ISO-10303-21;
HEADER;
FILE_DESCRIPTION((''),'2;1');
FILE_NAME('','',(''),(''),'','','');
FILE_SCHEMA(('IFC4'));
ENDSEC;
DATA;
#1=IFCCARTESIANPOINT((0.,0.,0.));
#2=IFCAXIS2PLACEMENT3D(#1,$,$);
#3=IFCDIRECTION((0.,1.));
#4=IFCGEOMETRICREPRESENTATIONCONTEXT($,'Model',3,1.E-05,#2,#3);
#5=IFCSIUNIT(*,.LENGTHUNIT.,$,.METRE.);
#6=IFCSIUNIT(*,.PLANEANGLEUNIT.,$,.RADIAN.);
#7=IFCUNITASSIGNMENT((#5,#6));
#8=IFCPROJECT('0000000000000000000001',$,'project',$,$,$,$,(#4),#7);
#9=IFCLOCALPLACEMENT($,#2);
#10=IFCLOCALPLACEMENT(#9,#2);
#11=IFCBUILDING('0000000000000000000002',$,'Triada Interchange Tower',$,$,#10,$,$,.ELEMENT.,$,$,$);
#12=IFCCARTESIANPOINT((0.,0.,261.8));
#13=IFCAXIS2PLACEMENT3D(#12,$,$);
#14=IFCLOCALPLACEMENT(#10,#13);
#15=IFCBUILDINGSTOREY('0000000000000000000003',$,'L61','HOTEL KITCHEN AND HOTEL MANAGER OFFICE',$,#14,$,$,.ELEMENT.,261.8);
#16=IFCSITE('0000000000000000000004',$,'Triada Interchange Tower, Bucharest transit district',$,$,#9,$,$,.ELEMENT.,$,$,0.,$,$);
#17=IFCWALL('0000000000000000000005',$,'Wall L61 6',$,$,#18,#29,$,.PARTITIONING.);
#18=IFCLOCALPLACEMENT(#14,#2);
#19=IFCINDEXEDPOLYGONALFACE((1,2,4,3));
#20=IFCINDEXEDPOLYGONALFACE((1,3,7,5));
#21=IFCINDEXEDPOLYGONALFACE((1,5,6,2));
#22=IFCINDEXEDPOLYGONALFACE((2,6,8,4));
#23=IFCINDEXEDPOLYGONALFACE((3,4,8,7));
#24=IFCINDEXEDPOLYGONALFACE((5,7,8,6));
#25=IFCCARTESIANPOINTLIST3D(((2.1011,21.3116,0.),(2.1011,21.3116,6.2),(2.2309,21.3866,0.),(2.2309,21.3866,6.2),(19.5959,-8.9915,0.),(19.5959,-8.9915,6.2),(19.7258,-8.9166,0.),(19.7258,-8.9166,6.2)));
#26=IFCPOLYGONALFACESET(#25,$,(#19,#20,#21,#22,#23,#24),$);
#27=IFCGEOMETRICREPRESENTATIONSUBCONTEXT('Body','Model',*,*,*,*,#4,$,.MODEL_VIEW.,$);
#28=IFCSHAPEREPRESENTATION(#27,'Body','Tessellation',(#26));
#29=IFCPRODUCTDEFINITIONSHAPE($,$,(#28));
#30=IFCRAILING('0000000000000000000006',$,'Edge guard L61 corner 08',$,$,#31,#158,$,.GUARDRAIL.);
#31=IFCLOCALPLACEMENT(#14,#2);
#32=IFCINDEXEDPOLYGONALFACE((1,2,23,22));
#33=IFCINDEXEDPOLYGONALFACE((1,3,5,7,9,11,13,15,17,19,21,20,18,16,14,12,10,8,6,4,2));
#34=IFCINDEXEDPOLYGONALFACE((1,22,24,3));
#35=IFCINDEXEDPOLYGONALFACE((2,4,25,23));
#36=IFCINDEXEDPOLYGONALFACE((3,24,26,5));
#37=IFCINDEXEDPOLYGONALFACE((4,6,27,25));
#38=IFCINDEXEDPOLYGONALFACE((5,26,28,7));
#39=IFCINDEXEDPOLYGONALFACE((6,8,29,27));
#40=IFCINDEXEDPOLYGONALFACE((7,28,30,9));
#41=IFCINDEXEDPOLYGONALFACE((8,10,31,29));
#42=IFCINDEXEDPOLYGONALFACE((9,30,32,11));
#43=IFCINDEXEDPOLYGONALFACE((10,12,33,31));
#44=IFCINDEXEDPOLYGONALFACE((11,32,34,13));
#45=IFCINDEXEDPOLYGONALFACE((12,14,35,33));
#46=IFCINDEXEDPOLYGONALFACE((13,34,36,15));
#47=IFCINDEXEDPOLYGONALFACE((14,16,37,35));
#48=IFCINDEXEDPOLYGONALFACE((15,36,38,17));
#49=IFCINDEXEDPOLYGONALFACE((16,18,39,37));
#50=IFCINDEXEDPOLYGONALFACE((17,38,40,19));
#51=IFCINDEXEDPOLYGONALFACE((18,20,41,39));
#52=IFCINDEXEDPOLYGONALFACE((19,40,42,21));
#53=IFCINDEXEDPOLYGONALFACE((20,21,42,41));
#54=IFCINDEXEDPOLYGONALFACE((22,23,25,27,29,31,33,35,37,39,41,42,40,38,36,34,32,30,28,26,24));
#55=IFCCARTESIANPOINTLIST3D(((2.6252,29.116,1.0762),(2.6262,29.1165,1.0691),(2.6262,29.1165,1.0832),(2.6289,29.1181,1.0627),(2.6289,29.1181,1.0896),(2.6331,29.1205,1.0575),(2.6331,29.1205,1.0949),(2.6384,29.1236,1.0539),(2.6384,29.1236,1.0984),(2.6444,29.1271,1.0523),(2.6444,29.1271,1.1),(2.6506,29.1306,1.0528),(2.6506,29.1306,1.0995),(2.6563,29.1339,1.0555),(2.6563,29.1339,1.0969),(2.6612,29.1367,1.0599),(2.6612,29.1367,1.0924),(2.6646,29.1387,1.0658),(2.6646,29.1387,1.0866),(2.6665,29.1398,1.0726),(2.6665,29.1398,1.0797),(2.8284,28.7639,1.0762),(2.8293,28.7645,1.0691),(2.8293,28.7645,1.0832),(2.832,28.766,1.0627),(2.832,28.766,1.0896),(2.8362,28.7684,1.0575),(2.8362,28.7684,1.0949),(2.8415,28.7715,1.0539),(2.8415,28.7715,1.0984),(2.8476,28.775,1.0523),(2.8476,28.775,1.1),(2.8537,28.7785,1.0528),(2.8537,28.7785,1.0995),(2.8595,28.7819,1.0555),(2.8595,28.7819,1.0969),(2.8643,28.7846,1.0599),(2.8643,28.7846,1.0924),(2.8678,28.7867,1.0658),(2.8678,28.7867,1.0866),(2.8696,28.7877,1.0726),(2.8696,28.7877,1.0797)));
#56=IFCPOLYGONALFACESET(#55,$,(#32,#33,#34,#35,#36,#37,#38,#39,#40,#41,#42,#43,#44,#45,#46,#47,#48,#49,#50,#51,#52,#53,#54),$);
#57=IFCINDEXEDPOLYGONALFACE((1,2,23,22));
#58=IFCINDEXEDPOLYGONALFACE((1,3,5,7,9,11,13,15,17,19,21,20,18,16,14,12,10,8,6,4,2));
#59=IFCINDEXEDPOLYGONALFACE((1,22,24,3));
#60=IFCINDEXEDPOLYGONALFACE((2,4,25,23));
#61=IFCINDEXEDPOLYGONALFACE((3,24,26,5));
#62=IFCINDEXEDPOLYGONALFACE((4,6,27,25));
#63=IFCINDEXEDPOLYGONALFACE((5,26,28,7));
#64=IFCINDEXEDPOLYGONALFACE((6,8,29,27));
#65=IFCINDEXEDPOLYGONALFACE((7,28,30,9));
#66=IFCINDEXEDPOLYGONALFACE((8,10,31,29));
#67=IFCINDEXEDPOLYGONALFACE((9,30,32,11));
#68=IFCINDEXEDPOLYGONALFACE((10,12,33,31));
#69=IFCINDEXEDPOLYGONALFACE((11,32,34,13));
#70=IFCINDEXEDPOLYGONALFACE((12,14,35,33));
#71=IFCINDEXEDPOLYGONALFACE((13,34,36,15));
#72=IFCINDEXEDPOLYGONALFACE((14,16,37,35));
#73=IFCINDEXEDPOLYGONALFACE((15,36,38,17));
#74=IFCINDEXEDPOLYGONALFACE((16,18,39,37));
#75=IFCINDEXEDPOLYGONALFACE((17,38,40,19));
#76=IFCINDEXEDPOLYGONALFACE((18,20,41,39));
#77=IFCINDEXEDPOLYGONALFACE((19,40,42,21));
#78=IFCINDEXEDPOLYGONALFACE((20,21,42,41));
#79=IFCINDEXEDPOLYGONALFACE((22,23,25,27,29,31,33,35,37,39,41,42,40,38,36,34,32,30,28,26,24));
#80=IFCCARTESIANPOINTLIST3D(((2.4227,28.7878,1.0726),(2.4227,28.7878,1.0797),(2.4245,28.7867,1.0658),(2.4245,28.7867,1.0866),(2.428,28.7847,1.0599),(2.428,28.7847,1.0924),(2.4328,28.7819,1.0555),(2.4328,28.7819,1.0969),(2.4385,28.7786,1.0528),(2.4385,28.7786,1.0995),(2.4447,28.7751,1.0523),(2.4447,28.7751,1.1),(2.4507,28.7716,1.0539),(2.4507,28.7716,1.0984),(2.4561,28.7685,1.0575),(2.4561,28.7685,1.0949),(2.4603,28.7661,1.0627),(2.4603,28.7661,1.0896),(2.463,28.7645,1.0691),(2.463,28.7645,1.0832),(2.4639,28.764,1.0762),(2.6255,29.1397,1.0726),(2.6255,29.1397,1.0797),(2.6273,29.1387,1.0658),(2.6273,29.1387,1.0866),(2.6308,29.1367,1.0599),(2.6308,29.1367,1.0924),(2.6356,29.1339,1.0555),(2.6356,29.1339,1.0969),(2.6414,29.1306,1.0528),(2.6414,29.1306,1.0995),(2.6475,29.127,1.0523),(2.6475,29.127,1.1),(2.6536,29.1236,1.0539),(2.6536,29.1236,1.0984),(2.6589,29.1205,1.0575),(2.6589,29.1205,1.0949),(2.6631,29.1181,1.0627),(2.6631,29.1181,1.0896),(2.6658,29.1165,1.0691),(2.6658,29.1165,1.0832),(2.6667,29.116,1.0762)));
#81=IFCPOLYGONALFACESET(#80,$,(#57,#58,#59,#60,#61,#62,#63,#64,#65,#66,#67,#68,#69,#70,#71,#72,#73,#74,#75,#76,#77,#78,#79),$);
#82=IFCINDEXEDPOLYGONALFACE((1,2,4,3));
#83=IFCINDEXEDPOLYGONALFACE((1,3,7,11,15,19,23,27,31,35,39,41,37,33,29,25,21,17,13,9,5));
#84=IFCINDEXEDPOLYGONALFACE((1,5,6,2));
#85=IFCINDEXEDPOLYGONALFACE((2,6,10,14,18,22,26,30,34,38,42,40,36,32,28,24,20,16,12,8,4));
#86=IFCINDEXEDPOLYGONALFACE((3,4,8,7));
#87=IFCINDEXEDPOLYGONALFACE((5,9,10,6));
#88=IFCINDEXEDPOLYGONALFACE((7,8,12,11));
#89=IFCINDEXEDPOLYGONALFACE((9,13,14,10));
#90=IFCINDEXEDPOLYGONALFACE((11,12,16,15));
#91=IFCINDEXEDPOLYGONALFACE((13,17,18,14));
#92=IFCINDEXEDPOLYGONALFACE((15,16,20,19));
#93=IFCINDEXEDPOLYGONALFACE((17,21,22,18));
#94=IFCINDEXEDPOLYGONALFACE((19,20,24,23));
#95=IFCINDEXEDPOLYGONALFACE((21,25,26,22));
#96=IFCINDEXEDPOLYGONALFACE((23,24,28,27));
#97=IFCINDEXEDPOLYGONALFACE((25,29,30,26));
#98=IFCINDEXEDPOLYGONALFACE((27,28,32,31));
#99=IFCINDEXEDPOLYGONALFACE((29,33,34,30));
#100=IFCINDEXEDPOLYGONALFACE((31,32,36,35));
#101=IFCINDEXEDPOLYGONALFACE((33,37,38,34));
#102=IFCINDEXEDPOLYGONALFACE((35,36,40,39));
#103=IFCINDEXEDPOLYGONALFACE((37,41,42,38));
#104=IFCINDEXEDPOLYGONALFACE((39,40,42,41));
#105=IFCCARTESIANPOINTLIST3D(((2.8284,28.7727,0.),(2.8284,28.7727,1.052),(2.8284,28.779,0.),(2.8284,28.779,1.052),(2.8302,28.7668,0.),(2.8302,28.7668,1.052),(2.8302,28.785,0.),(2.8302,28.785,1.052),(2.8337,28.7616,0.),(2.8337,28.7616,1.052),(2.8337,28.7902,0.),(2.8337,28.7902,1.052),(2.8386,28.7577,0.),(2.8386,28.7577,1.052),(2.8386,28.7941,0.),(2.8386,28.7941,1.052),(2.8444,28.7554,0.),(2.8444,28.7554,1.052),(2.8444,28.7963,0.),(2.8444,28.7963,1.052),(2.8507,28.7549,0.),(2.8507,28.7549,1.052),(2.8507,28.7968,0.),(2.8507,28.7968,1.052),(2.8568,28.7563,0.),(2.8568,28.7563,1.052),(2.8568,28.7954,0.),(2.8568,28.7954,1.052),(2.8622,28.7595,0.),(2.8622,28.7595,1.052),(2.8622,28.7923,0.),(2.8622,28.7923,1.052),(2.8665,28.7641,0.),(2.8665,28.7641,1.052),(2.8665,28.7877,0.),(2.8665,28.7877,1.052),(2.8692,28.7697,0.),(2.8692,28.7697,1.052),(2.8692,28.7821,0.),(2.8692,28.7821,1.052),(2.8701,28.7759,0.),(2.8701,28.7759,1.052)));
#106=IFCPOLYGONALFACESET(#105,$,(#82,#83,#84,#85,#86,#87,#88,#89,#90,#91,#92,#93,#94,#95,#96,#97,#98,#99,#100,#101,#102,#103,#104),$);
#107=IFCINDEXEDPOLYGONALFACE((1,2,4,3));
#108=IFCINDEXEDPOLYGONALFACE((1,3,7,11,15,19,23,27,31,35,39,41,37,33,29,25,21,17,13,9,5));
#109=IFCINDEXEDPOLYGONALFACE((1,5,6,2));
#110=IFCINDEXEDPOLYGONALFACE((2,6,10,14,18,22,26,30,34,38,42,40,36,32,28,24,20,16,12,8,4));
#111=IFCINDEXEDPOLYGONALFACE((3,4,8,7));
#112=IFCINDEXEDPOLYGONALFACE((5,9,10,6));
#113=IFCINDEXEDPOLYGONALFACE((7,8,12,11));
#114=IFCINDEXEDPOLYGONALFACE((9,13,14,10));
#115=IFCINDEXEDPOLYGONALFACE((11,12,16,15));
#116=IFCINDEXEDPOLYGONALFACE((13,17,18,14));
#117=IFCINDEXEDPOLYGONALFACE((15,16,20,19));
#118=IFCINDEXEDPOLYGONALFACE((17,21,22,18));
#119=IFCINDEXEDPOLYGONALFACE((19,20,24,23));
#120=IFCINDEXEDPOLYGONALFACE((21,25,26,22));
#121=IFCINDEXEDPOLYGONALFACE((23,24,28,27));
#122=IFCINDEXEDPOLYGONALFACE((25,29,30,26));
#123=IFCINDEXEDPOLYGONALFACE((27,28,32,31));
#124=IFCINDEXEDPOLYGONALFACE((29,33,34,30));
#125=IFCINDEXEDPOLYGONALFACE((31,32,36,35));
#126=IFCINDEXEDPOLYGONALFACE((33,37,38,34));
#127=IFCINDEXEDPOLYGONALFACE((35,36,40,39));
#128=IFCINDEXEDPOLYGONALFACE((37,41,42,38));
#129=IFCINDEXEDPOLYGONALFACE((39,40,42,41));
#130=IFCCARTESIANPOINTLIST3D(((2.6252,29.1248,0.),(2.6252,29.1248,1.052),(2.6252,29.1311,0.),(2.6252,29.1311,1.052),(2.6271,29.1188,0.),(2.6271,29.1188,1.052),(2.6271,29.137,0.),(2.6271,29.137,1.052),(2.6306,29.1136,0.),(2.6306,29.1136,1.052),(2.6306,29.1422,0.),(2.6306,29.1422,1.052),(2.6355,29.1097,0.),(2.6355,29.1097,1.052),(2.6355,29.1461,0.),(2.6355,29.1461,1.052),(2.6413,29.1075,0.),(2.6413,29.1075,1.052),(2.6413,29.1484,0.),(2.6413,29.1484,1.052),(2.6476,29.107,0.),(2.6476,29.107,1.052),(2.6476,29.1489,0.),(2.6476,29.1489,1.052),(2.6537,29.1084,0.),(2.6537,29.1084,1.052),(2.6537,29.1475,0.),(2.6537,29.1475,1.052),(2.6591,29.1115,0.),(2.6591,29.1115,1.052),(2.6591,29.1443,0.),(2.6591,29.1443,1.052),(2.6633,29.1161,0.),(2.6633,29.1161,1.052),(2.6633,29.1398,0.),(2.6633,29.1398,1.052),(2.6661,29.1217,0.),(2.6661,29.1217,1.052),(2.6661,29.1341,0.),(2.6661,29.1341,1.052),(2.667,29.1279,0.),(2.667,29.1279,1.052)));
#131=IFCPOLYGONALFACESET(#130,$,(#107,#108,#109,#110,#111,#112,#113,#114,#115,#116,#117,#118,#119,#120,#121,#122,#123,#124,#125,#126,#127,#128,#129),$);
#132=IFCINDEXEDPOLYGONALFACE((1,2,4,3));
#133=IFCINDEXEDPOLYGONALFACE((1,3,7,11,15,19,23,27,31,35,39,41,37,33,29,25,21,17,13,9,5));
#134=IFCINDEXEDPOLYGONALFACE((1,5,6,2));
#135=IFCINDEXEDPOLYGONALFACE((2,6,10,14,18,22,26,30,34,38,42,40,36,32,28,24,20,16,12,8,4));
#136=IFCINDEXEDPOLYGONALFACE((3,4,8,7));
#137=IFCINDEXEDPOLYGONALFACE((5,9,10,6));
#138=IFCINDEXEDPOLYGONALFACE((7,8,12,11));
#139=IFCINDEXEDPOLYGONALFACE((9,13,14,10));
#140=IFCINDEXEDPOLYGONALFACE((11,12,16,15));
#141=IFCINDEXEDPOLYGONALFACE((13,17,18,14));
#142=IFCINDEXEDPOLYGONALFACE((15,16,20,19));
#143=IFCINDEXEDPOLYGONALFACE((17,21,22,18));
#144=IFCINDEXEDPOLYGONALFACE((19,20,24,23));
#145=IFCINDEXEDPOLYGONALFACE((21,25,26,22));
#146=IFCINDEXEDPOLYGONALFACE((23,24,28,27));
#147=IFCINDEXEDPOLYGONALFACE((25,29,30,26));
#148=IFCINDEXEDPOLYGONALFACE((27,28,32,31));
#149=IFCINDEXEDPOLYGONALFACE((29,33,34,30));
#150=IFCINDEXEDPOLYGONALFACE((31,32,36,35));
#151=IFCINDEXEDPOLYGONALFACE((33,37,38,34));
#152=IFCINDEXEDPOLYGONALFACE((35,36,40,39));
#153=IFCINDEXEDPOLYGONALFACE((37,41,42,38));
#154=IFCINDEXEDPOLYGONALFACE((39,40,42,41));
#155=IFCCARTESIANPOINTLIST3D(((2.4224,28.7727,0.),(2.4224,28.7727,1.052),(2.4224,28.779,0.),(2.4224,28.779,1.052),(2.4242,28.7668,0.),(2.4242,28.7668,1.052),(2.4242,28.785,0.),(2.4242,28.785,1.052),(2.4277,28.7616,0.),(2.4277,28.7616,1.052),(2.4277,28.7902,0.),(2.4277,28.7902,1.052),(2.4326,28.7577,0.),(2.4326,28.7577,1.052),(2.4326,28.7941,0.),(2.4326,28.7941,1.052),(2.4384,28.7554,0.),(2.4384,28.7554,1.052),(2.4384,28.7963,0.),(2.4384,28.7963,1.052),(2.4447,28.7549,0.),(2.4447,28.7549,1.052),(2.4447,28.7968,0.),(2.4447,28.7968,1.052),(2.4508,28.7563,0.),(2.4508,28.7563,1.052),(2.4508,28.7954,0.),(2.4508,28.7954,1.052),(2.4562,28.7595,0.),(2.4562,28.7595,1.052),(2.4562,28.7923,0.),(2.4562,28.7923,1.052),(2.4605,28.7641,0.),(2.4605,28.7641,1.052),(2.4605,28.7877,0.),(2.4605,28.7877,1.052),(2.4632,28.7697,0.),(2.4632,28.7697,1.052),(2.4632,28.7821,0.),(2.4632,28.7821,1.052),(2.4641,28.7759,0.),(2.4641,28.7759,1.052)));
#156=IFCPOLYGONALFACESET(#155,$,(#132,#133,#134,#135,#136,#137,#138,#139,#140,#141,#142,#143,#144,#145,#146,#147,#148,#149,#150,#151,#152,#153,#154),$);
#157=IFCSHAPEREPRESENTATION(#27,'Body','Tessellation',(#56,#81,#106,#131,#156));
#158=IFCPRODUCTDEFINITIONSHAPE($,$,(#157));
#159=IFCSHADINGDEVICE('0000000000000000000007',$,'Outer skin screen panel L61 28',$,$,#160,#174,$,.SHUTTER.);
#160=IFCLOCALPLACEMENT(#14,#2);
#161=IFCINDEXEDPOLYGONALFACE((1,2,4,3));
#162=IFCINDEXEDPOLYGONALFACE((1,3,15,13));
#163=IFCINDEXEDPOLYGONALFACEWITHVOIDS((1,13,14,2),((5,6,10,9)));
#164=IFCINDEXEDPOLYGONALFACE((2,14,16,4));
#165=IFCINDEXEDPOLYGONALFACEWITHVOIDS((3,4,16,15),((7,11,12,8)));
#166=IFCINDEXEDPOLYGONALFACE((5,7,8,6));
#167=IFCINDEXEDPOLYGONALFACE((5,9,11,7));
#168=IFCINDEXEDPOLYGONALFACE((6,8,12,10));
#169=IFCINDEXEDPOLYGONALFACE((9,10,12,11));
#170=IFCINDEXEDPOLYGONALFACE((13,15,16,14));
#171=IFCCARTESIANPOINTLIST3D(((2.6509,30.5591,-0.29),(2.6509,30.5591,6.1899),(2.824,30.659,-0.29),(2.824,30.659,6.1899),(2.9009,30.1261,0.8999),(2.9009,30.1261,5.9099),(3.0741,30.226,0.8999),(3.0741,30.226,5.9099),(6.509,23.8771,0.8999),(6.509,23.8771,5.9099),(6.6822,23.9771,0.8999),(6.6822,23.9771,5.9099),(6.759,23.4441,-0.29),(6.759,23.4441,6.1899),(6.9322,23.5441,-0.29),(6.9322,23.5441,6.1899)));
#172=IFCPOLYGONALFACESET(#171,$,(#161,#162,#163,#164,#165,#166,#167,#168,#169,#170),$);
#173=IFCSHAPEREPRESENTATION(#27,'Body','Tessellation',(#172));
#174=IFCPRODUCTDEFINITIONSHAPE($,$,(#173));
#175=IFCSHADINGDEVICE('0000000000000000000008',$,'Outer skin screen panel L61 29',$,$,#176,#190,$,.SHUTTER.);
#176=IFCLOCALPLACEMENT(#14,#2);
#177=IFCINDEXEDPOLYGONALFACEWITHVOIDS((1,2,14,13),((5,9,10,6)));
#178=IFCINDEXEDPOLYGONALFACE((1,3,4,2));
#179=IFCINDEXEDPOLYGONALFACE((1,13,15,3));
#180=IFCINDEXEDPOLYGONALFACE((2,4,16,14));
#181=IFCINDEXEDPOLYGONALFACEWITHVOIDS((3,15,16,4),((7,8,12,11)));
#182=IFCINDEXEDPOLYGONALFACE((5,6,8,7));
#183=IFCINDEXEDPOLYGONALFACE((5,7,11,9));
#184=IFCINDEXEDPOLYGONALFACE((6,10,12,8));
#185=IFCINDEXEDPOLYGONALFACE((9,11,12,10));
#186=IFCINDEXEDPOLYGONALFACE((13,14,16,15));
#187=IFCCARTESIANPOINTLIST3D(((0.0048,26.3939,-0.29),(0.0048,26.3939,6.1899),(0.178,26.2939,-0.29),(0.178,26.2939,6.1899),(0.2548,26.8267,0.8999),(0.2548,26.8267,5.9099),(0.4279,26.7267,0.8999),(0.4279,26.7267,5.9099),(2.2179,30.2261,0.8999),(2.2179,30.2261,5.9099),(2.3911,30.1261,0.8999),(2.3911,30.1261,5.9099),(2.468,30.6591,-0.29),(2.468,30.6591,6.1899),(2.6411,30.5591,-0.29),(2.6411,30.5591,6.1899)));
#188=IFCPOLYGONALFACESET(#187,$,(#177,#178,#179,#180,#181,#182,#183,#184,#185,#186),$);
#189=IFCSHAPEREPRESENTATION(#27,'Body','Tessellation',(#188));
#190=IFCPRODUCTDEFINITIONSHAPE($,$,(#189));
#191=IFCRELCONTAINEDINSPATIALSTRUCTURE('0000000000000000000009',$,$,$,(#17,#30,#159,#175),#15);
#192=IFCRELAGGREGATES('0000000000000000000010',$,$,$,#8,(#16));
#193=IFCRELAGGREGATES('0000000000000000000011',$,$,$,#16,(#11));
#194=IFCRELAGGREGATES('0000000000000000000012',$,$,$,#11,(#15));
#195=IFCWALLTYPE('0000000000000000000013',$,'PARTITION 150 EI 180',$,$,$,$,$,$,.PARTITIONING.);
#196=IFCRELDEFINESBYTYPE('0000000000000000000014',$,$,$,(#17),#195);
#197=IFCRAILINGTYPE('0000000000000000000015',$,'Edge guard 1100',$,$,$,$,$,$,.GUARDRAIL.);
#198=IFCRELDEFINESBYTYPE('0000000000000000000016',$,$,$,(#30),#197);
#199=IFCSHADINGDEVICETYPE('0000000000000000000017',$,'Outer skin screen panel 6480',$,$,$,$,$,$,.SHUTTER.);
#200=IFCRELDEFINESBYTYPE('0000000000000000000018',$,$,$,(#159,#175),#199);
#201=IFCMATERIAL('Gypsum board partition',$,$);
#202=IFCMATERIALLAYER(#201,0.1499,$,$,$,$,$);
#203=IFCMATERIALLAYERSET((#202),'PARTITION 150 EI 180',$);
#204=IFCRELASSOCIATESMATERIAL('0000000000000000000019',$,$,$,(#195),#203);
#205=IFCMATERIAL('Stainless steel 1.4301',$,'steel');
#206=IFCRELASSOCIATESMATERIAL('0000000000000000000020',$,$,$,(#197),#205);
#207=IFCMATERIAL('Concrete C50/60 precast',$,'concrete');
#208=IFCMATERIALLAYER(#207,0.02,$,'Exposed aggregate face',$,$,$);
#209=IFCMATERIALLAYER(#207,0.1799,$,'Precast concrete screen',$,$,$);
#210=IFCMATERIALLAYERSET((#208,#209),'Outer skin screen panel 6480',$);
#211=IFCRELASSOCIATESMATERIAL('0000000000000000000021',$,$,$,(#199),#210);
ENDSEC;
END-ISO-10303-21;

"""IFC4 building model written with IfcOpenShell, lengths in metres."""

from ifc_helpers import new_model, si_unit, direction, frame, frame_2d, origin, origin_2d, place, context, subcontext, project, spatial, polyline, rectangle, circle, outline, extrude, material, layer, layer_set, type_object, element, save


model = new_model("IFC4")

# Units and contexts
model_context = context("Model", 3, precision=1e-05, world=origin(), true_north=direction((0.0, 1.0)))
body_context = subcontext(model_context, "Body", "Model", "MODEL_VIEW")
ifc_project = project(units=[si_unit("LENGTHUNIT", "METRE"), si_unit("PLANEANGLEUNIT", "RADIAN")], contexts=[model_context])

# Site, building, storey
site_placement = place(None, origin())
site = spatial("IfcSite", under=ifc_project, at=site_placement, Name="Triada Interchange Tower, Bucharest transit district", CompositionType="ELEMENT", RefElevation=0.0)
building_placement = place(site_placement, origin())
building = spatial("IfcBuilding", under=site, at=building_placement, Name="Triada Interchange Tower", CompositionType="ELEMENT")
storey_placement = place(building_placement, frame((0.0, 0.0, 261.8)))
storey = spatial("IfcBuildingStorey", under=building, at=storey_placement, Name="L61", Description="HOTEL KITCHEN AND HOTEL MANAGER OFFICE", CompositionType="ELEMENT", Elevation=261.8)

# Wall
ifc_material_1 = material(Name="Gypsum board partition")
ifc_layer_1 = layer(ifc_material_1, 0.1499)
ifc_layer_set_1 = layer_set([ifc_layer_1], Name="PARTITION 150 EI 180")
wall_type = type_object("IfcWallType", Name="PARTITION 150 EI 180", PredefinedType="PARTITIONING", material=ifc_layer_set_1)
wall_1_placement = place(storey_placement, frame((2.166, 21.3491, 0.0), z_axis=(0.0, 0.0, 1.0), x_axis=(0.499985, -0.866034, 0.0)))
element("IfcWall", 1, at=wall_1_placement, inside=storey, type_object=wall_type, Name="Wall L61 6", PredefinedType="PARTITIONING", context=body_context, shape_type="SweptSolid", body=[
    extrude(rectangle(XDim=34.9907, YDim=0.1499, at=frame_2d((17.4954, 0.0))), origin(), (0.0, 0.0, 1.0), 6.2),
])

# Railing
ifc_material_2 = material(Name="Stainless steel 1.4301", Category="steel")
railing_type = type_object("IfcRailingType", Name="Edge guard 1100", PredefinedType="GUARDRAIL", material=ifc_material_2)
railing_placement = place(storey_placement, frame((2.8491, 28.7759, 0.0)))
element("IfcRailing", 2, at=railing_placement, inside=storey, type_object=railing_type, Name="Edge guard L61 corner 08", PredefinedType="GUARDRAIL", context=body_context, shape_type="SweptSolid", body=[
    extrude(circle(Radius=0.0239, at=origin_2d()), frame((0.0, 0.0, 1.0762), z_axis=(-0.499757, 0.866166, 0.0), x_axis=(-0.866166, -0.499757, 0.0)), (0.0, 0.0, 1.0), 0.4065),
    extrude(circle(Radius=0.0239, at=origin_2d()), frame((-0.2031, 0.3521, 1.0762), z_axis=(-0.499306, -0.866426, 0.0), x_axis=(0.866426, -0.499306, 0.0)), (0.0, 0.0, 1.0), 0.4062),
    extrude(circle(Radius=0.021, at=origin_2d()), origin(), (0.0, 0.0, 1.0), 1.052),
    extrude(circle(Radius=0.021, at=origin_2d()), frame((-0.2031, 0.3521, 0.0)), (0.0, 0.0, 1.0), 1.052),
    extrude(circle(Radius=0.021, at=origin_2d()), frame((-0.406, 0.0, 0.0)), (0.0, 0.0, 1.0), 1.052),
])

# Shading devices
ifc_material_3 = material(Name="Concrete C50/60 precast", Category="concrete")
ifc_layer_2 = layer(ifc_material_3, 0.02, Name="Exposed aggregate face")
ifc_layer_3 = layer(ifc_material_3, 0.1799, Name="Precast concrete screen")
ifc_layer_set_2 = layer_set([ifc_layer_2, ifc_layer_3], Name="Outer skin screen panel 6480")
shading_device_type = type_object("IfcShadingDeviceType", Name="Outer skin screen panel 6480", PredefinedType="SHUTTER", material=ifc_layer_set_2)
shading_device_1_placement = place(storey_placement, frame((6.759, 23.4441, -0.29), z_axis=(0.0, 0.0, 1.0), x_axis=(-0.500029, 0.866009, 0.0)))
element("IfcShadingDevice", 3, at=shading_device_1_placement, inside=storey, type_object=shading_device_type, Name="Outer skin screen panel L61 28", PredefinedType="SHUTTER", context=body_context, shape_type="SweptSolid", body=[
    extrude(outline(polyline([(0.0, 0.0), (8.2158, 0.0), (8.2158, 6.48), (0.0, 6.48), (0.0, 0.0)]), holes=[polyline([(0.5, 1.1899), (0.5, 6.2), (7.7158, 6.2), (7.7158, 1.1899), (0.5, 1.1899)])]), frame((0.0, 0.0, 0.0), z_axis=(0.0, -1.0, 0.0), x_axis=(1.0, 0.0, 0.0)), (0.0, 0.0, 1.0), 0.2),
])
shading_device_2_placement = place(storey_placement, frame((2.6411, 30.5591, -0.29), z_axis=(0.0, 0.0, 1.0), x_axis=(-0.5001, -0.865968, 0.0)))
element("IfcShadingDevice", 4, at=shading_device_2_placement, inside=storey, type_object=shading_device_type, Name="Outer skin screen panel L61 29", PredefinedType="SHUTTER", context=body_context, shape_type="SweptSolid", body=[
    extrude(outline(polyline([(0.0, 0.0), (4.9253, 0.0), (4.9253, 6.48), (0.0, 6.48), (0.0, 0.0)]), holes=[polyline([(0.5, 1.1899), (0.5, 6.2), (4.4255, 6.2), (4.4255, 1.1899), (0.5, 1.1899)])]), frame((0.0, 0.0, 0.0), z_axis=(0.0, -1.0, 0.0), x_axis=(1.0, 0.0, 0.0)), (0.0, 0.0, 1.0), 0.2),
])

save(model, "model.ifc")
